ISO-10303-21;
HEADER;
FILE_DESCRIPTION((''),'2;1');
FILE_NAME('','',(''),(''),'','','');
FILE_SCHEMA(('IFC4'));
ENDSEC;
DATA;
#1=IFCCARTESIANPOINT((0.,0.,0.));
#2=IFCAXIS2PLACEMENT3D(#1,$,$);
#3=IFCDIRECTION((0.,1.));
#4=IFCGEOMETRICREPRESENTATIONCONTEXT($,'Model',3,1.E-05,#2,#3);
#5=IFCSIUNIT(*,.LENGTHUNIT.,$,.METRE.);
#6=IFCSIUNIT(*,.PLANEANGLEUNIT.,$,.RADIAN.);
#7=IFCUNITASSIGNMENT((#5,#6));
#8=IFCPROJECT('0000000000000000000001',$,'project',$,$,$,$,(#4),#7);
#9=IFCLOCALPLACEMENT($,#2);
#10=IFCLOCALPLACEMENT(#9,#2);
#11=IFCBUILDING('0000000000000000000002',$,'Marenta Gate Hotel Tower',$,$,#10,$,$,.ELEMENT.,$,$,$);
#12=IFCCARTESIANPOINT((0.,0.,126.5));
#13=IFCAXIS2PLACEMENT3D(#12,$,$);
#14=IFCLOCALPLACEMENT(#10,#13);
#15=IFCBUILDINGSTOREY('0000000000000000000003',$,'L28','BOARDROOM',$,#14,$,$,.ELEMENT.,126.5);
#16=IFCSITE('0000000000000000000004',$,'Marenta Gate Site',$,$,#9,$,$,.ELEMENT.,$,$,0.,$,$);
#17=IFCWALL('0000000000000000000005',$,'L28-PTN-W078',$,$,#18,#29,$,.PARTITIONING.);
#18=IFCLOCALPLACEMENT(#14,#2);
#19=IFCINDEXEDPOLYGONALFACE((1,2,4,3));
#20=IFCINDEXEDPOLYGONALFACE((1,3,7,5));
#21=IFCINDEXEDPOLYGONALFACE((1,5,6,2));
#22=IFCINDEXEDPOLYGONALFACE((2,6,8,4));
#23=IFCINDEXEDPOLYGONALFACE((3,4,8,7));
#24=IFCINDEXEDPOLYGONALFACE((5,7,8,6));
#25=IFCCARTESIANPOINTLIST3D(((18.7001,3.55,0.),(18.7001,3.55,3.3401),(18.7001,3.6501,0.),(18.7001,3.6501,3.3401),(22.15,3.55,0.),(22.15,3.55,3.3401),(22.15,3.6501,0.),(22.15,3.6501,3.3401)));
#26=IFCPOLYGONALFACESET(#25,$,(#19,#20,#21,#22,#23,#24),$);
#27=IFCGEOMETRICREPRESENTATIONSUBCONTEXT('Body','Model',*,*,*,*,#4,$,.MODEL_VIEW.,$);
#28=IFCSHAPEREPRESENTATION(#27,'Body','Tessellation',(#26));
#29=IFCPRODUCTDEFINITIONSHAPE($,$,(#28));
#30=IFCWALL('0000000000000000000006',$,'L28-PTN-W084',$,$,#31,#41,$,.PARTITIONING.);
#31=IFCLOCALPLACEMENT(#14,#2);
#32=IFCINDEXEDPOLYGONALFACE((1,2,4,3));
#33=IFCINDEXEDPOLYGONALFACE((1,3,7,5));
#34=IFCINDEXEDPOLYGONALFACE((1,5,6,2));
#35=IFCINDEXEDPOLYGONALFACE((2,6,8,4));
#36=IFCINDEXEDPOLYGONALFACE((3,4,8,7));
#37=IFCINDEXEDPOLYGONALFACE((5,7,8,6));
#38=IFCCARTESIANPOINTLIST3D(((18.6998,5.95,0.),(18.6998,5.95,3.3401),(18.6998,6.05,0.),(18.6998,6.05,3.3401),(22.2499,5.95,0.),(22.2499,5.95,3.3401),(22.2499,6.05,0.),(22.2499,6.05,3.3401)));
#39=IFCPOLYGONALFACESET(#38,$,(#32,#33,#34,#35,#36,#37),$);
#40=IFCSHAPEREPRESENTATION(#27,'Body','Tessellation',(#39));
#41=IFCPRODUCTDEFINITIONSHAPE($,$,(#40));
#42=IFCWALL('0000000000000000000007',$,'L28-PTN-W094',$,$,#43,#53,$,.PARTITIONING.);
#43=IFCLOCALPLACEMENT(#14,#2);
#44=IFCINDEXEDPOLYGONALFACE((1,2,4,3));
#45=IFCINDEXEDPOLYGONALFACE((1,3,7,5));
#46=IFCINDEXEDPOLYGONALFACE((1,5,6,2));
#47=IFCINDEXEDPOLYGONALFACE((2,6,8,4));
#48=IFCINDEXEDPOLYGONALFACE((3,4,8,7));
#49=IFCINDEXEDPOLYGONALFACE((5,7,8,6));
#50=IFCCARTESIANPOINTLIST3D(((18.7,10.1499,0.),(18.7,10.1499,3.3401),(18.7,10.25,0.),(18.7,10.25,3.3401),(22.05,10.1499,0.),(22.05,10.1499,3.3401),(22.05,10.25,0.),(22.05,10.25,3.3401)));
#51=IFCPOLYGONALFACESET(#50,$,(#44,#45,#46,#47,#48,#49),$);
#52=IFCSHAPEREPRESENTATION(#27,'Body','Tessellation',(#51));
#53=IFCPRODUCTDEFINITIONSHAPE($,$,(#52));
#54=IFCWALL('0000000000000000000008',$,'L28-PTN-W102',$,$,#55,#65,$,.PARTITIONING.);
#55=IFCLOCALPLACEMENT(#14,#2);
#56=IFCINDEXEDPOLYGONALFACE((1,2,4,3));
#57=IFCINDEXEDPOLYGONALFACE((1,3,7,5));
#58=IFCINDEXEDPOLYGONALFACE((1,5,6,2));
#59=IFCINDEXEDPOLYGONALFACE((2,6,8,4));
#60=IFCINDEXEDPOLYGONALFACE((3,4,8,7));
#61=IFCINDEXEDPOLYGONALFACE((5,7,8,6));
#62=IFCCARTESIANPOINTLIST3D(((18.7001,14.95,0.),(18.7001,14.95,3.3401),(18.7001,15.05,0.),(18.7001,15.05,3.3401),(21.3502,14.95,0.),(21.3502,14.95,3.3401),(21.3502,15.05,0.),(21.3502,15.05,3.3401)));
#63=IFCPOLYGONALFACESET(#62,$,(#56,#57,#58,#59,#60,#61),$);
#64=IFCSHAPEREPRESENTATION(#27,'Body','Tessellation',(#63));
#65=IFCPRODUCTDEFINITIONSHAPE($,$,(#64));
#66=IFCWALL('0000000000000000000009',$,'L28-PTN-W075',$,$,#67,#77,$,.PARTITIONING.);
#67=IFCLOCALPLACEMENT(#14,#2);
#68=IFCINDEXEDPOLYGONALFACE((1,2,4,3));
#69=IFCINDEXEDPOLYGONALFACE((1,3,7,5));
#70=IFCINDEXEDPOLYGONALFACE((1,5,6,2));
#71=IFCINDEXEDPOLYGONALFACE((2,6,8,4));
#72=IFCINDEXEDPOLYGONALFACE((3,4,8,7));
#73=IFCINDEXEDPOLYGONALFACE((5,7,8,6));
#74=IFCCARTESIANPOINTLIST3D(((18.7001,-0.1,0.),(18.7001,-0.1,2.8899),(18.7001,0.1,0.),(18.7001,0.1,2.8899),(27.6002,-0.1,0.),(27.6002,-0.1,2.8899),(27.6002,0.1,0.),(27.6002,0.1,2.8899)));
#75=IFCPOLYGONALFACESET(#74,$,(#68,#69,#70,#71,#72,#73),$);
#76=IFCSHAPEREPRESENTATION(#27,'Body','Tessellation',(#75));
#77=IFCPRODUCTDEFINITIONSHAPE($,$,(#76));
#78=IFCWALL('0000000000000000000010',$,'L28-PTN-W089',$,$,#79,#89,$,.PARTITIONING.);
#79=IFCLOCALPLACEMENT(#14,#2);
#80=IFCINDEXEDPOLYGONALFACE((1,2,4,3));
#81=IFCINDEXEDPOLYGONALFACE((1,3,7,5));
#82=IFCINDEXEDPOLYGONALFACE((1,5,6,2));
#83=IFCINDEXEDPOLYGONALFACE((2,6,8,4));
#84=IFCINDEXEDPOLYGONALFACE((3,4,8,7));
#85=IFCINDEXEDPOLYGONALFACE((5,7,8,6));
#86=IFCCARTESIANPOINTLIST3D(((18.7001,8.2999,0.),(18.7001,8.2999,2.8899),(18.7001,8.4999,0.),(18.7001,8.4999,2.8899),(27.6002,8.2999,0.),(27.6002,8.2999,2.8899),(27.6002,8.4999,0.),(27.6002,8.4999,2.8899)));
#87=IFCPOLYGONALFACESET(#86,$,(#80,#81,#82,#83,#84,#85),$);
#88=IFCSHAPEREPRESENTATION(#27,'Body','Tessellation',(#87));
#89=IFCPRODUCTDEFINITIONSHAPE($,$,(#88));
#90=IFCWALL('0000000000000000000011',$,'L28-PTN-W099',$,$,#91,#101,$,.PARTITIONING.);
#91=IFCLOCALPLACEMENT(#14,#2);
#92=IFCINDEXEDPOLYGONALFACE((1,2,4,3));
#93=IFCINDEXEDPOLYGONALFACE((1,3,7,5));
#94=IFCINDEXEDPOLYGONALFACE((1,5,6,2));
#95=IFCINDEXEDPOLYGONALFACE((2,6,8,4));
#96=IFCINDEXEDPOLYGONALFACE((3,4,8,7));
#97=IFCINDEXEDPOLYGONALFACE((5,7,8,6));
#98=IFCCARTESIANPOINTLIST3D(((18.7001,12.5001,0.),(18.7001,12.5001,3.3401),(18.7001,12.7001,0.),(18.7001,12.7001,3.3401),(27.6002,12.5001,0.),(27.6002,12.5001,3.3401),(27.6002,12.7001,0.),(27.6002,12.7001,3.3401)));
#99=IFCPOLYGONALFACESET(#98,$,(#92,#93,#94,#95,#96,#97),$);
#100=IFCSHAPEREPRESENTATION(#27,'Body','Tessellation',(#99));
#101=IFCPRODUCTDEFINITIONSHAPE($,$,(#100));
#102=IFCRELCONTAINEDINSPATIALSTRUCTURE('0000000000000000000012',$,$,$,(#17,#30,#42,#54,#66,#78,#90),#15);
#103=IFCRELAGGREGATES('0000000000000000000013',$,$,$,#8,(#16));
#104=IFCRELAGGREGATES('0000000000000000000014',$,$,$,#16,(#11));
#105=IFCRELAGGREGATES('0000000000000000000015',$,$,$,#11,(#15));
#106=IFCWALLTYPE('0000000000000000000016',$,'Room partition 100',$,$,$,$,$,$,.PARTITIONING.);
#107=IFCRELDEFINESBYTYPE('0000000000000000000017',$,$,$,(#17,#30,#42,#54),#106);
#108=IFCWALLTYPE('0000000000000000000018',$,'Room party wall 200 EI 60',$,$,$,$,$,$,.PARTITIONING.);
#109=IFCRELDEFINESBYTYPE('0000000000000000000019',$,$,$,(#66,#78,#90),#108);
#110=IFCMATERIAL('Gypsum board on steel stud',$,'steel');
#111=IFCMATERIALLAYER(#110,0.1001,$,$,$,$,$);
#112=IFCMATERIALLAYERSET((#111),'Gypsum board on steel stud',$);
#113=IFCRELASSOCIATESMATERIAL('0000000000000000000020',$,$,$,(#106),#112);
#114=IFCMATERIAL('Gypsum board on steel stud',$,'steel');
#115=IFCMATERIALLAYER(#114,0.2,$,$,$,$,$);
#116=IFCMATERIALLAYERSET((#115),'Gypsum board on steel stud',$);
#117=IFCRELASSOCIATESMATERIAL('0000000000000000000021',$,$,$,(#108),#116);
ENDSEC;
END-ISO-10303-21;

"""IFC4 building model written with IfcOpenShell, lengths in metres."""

from ifc_helpers import new_model, si_unit, direction, frame, frame_2d, origin, place, context, subcontext, project, spatial, rectangle, extrude, material, layer, layer_set, type_object, element, save


model = new_model("IFC4")

# Units and contexts
model_context = context("Model", 3, precision=1e-05, world=origin(), true_north=direction((0.0, 1.0)))
body_context = subcontext(model_context, "Body", "Model", "MODEL_VIEW")
ifc_project = project(units=[si_unit("LENGTHUNIT", "METRE"), si_unit("PLANEANGLEUNIT", "RADIAN")], contexts=[model_context])

# Site, building, storey
site_placement = place(None, origin())
site = spatial("IfcSite", under=ifc_project, at=site_placement, Name="Marenta Gate Site", CompositionType="ELEMENT", RefElevation=0.0)
building_placement = place(site_placement, origin())
building = spatial("IfcBuilding", under=site, at=building_placement, Name="Marenta Gate Hotel Tower", CompositionType="ELEMENT")
storey_placement = place(building_placement, frame((0.0, 0.0, 126.5)))
storey = spatial("IfcBuildingStorey", under=building, at=storey_placement, Name="L28", Description="BOARDROOM", CompositionType="ELEMENT", Elevation=126.5)

# Shared definitions
ifc_material_1 = material(Name="Gypsum board on steel stud", Category="steel")
ifc_layer_1 = layer(ifc_material_1, 0.1001)
ifc_layer_set_1 = layer_set([ifc_layer_1], Name="Gypsum board on steel stud")
wall_type_1 = type_object("IfcWallType", Name="Room partition 100", PredefinedType="PARTITIONING", material=ifc_layer_set_1)

# Walls
wall_1_placement = place(storey_placement, frame((18.7, 3.6001, 0.0), z_axis=(0.0, 0.0, 1.0), x_axis=(1.0, 0.0, 0.0)))
element("IfcWall", 1, at=wall_1_placement, inside=storey, type_object=wall_type_1, Name="L28-PTN-W078", PredefinedType="PARTITIONING", context=body_context, shape_type="SweptSolid", body=[
    extrude(rectangle(XDim=3.45, YDim=0.1001, at=frame_2d((1.7251, 0.0))), origin(), (0.0, 0.0, 1.0), 3.3401),
])
wall_2_placement = place(storey_placement, frame((18.7, 6.0, 0.0), z_axis=(0.0, 0.0, 1.0), x_axis=(1.0, 0.0, 0.0)))
element("IfcWall", 2, at=wall_2_placement, inside=storey, type_object=wall_type_1, Name="L28-PTN-W084", PredefinedType="PARTITIONING", context=body_context, shape_type="SweptSolid", body=[
    extrude(rectangle(XDim=3.55, YDim=0.1001, at=frame_2d((1.7749, 0.0))), origin(), (0.0, 0.0, 1.0), 3.3401),
])
wall_3_placement = place(storey_placement, frame((18.7, 10.2, 0.0), z_axis=(0.0, 0.0, 1.0), x_axis=(1.0, 0.0, 0.0)))
element("IfcWall", 3, at=wall_3_placement, inside=storey, type_object=wall_type_1, Name="L28-PTN-W094", PredefinedType="PARTITIONING", context=body_context, shape_type="SweptSolid", body=[
    extrude(rectangle(XDim=3.3501, YDim=0.1001, at=frame_2d((1.675, 0.0))), origin(), (0.0, 0.0, 1.0), 3.3401),
])
wall_4_placement = place(storey_placement, frame((18.7, 15.0, 0.0), z_axis=(0.0, 0.0, 1.0), x_axis=(1.0, 0.0, 0.0)))
element("IfcWall", 4, at=wall_4_placement, inside=storey, type_object=wall_type_1, Name="L28-PTN-W102", PredefinedType="PARTITIONING", context=body_context, shape_type="SweptSolid", body=[
    extrude(rectangle(XDim=2.6501, YDim=0.1001, at=frame_2d((1.3252, 0.0))), origin(), (0.0, 0.0, 1.0), 3.3401),
])
ifc_material_2 = material(Name="Gypsum board on steel stud", Category="steel")
ifc_layer_2 = layer(ifc_material_2, 0.2)
ifc_layer_set_2 = layer_set([ifc_layer_2], Name="Gypsum board on steel stud")
wall_type_2 = type_object("IfcWallType", Name="Room party wall 200 EI 60", PredefinedType="PARTITIONING", material=ifc_layer_set_2)
for number, where, z_axis, x_axis, name in (
    (5, (18.7, 0.0, 0.0), (0.0, 0.0, 1.0), (1.0, 0.0, 0.0), "L28-PTN-W075"),
    (6, (18.7, 8.3999, 0.0), (0.0, 0.0, 1.0), (1.0, 0.0, 0.0), "L28-PTN-W089"),
):
    element("IfcWall", number, at=place(storey_placement, frame(where, z_axis=z_axis, x_axis=x_axis)), inside=storey, type_object=wall_type_2, Name=name, PredefinedType="PARTITIONING", context=body_context, shape_type="SweptSolid", body=[
        extrude(rectangle(XDim=8.9001, YDim=0.2, at=frame_2d((4.4502, 0.0))), origin(), (0.0, 0.0, 1.0), 2.8899),
    ])
wall_5_placement = place(storey_placement, frame((18.7, 12.6001, 0.0), z_axis=(0.0, 0.0, 1.0), x_axis=(1.0, 0.0, 0.0)))
element("IfcWall", 7, at=wall_5_placement, inside=storey, type_object=wall_type_2, Name="L28-PTN-W099", PredefinedType="PARTITIONING", context=body_context, shape_type="SweptSolid", body=[
    extrude(rectangle(XDim=8.9001, YDim=0.2, at=frame_2d((4.4502, 0.0))), origin(), (0.0, 0.0, 1.0), 3.3401),
])

save(model, "model.ifc")
